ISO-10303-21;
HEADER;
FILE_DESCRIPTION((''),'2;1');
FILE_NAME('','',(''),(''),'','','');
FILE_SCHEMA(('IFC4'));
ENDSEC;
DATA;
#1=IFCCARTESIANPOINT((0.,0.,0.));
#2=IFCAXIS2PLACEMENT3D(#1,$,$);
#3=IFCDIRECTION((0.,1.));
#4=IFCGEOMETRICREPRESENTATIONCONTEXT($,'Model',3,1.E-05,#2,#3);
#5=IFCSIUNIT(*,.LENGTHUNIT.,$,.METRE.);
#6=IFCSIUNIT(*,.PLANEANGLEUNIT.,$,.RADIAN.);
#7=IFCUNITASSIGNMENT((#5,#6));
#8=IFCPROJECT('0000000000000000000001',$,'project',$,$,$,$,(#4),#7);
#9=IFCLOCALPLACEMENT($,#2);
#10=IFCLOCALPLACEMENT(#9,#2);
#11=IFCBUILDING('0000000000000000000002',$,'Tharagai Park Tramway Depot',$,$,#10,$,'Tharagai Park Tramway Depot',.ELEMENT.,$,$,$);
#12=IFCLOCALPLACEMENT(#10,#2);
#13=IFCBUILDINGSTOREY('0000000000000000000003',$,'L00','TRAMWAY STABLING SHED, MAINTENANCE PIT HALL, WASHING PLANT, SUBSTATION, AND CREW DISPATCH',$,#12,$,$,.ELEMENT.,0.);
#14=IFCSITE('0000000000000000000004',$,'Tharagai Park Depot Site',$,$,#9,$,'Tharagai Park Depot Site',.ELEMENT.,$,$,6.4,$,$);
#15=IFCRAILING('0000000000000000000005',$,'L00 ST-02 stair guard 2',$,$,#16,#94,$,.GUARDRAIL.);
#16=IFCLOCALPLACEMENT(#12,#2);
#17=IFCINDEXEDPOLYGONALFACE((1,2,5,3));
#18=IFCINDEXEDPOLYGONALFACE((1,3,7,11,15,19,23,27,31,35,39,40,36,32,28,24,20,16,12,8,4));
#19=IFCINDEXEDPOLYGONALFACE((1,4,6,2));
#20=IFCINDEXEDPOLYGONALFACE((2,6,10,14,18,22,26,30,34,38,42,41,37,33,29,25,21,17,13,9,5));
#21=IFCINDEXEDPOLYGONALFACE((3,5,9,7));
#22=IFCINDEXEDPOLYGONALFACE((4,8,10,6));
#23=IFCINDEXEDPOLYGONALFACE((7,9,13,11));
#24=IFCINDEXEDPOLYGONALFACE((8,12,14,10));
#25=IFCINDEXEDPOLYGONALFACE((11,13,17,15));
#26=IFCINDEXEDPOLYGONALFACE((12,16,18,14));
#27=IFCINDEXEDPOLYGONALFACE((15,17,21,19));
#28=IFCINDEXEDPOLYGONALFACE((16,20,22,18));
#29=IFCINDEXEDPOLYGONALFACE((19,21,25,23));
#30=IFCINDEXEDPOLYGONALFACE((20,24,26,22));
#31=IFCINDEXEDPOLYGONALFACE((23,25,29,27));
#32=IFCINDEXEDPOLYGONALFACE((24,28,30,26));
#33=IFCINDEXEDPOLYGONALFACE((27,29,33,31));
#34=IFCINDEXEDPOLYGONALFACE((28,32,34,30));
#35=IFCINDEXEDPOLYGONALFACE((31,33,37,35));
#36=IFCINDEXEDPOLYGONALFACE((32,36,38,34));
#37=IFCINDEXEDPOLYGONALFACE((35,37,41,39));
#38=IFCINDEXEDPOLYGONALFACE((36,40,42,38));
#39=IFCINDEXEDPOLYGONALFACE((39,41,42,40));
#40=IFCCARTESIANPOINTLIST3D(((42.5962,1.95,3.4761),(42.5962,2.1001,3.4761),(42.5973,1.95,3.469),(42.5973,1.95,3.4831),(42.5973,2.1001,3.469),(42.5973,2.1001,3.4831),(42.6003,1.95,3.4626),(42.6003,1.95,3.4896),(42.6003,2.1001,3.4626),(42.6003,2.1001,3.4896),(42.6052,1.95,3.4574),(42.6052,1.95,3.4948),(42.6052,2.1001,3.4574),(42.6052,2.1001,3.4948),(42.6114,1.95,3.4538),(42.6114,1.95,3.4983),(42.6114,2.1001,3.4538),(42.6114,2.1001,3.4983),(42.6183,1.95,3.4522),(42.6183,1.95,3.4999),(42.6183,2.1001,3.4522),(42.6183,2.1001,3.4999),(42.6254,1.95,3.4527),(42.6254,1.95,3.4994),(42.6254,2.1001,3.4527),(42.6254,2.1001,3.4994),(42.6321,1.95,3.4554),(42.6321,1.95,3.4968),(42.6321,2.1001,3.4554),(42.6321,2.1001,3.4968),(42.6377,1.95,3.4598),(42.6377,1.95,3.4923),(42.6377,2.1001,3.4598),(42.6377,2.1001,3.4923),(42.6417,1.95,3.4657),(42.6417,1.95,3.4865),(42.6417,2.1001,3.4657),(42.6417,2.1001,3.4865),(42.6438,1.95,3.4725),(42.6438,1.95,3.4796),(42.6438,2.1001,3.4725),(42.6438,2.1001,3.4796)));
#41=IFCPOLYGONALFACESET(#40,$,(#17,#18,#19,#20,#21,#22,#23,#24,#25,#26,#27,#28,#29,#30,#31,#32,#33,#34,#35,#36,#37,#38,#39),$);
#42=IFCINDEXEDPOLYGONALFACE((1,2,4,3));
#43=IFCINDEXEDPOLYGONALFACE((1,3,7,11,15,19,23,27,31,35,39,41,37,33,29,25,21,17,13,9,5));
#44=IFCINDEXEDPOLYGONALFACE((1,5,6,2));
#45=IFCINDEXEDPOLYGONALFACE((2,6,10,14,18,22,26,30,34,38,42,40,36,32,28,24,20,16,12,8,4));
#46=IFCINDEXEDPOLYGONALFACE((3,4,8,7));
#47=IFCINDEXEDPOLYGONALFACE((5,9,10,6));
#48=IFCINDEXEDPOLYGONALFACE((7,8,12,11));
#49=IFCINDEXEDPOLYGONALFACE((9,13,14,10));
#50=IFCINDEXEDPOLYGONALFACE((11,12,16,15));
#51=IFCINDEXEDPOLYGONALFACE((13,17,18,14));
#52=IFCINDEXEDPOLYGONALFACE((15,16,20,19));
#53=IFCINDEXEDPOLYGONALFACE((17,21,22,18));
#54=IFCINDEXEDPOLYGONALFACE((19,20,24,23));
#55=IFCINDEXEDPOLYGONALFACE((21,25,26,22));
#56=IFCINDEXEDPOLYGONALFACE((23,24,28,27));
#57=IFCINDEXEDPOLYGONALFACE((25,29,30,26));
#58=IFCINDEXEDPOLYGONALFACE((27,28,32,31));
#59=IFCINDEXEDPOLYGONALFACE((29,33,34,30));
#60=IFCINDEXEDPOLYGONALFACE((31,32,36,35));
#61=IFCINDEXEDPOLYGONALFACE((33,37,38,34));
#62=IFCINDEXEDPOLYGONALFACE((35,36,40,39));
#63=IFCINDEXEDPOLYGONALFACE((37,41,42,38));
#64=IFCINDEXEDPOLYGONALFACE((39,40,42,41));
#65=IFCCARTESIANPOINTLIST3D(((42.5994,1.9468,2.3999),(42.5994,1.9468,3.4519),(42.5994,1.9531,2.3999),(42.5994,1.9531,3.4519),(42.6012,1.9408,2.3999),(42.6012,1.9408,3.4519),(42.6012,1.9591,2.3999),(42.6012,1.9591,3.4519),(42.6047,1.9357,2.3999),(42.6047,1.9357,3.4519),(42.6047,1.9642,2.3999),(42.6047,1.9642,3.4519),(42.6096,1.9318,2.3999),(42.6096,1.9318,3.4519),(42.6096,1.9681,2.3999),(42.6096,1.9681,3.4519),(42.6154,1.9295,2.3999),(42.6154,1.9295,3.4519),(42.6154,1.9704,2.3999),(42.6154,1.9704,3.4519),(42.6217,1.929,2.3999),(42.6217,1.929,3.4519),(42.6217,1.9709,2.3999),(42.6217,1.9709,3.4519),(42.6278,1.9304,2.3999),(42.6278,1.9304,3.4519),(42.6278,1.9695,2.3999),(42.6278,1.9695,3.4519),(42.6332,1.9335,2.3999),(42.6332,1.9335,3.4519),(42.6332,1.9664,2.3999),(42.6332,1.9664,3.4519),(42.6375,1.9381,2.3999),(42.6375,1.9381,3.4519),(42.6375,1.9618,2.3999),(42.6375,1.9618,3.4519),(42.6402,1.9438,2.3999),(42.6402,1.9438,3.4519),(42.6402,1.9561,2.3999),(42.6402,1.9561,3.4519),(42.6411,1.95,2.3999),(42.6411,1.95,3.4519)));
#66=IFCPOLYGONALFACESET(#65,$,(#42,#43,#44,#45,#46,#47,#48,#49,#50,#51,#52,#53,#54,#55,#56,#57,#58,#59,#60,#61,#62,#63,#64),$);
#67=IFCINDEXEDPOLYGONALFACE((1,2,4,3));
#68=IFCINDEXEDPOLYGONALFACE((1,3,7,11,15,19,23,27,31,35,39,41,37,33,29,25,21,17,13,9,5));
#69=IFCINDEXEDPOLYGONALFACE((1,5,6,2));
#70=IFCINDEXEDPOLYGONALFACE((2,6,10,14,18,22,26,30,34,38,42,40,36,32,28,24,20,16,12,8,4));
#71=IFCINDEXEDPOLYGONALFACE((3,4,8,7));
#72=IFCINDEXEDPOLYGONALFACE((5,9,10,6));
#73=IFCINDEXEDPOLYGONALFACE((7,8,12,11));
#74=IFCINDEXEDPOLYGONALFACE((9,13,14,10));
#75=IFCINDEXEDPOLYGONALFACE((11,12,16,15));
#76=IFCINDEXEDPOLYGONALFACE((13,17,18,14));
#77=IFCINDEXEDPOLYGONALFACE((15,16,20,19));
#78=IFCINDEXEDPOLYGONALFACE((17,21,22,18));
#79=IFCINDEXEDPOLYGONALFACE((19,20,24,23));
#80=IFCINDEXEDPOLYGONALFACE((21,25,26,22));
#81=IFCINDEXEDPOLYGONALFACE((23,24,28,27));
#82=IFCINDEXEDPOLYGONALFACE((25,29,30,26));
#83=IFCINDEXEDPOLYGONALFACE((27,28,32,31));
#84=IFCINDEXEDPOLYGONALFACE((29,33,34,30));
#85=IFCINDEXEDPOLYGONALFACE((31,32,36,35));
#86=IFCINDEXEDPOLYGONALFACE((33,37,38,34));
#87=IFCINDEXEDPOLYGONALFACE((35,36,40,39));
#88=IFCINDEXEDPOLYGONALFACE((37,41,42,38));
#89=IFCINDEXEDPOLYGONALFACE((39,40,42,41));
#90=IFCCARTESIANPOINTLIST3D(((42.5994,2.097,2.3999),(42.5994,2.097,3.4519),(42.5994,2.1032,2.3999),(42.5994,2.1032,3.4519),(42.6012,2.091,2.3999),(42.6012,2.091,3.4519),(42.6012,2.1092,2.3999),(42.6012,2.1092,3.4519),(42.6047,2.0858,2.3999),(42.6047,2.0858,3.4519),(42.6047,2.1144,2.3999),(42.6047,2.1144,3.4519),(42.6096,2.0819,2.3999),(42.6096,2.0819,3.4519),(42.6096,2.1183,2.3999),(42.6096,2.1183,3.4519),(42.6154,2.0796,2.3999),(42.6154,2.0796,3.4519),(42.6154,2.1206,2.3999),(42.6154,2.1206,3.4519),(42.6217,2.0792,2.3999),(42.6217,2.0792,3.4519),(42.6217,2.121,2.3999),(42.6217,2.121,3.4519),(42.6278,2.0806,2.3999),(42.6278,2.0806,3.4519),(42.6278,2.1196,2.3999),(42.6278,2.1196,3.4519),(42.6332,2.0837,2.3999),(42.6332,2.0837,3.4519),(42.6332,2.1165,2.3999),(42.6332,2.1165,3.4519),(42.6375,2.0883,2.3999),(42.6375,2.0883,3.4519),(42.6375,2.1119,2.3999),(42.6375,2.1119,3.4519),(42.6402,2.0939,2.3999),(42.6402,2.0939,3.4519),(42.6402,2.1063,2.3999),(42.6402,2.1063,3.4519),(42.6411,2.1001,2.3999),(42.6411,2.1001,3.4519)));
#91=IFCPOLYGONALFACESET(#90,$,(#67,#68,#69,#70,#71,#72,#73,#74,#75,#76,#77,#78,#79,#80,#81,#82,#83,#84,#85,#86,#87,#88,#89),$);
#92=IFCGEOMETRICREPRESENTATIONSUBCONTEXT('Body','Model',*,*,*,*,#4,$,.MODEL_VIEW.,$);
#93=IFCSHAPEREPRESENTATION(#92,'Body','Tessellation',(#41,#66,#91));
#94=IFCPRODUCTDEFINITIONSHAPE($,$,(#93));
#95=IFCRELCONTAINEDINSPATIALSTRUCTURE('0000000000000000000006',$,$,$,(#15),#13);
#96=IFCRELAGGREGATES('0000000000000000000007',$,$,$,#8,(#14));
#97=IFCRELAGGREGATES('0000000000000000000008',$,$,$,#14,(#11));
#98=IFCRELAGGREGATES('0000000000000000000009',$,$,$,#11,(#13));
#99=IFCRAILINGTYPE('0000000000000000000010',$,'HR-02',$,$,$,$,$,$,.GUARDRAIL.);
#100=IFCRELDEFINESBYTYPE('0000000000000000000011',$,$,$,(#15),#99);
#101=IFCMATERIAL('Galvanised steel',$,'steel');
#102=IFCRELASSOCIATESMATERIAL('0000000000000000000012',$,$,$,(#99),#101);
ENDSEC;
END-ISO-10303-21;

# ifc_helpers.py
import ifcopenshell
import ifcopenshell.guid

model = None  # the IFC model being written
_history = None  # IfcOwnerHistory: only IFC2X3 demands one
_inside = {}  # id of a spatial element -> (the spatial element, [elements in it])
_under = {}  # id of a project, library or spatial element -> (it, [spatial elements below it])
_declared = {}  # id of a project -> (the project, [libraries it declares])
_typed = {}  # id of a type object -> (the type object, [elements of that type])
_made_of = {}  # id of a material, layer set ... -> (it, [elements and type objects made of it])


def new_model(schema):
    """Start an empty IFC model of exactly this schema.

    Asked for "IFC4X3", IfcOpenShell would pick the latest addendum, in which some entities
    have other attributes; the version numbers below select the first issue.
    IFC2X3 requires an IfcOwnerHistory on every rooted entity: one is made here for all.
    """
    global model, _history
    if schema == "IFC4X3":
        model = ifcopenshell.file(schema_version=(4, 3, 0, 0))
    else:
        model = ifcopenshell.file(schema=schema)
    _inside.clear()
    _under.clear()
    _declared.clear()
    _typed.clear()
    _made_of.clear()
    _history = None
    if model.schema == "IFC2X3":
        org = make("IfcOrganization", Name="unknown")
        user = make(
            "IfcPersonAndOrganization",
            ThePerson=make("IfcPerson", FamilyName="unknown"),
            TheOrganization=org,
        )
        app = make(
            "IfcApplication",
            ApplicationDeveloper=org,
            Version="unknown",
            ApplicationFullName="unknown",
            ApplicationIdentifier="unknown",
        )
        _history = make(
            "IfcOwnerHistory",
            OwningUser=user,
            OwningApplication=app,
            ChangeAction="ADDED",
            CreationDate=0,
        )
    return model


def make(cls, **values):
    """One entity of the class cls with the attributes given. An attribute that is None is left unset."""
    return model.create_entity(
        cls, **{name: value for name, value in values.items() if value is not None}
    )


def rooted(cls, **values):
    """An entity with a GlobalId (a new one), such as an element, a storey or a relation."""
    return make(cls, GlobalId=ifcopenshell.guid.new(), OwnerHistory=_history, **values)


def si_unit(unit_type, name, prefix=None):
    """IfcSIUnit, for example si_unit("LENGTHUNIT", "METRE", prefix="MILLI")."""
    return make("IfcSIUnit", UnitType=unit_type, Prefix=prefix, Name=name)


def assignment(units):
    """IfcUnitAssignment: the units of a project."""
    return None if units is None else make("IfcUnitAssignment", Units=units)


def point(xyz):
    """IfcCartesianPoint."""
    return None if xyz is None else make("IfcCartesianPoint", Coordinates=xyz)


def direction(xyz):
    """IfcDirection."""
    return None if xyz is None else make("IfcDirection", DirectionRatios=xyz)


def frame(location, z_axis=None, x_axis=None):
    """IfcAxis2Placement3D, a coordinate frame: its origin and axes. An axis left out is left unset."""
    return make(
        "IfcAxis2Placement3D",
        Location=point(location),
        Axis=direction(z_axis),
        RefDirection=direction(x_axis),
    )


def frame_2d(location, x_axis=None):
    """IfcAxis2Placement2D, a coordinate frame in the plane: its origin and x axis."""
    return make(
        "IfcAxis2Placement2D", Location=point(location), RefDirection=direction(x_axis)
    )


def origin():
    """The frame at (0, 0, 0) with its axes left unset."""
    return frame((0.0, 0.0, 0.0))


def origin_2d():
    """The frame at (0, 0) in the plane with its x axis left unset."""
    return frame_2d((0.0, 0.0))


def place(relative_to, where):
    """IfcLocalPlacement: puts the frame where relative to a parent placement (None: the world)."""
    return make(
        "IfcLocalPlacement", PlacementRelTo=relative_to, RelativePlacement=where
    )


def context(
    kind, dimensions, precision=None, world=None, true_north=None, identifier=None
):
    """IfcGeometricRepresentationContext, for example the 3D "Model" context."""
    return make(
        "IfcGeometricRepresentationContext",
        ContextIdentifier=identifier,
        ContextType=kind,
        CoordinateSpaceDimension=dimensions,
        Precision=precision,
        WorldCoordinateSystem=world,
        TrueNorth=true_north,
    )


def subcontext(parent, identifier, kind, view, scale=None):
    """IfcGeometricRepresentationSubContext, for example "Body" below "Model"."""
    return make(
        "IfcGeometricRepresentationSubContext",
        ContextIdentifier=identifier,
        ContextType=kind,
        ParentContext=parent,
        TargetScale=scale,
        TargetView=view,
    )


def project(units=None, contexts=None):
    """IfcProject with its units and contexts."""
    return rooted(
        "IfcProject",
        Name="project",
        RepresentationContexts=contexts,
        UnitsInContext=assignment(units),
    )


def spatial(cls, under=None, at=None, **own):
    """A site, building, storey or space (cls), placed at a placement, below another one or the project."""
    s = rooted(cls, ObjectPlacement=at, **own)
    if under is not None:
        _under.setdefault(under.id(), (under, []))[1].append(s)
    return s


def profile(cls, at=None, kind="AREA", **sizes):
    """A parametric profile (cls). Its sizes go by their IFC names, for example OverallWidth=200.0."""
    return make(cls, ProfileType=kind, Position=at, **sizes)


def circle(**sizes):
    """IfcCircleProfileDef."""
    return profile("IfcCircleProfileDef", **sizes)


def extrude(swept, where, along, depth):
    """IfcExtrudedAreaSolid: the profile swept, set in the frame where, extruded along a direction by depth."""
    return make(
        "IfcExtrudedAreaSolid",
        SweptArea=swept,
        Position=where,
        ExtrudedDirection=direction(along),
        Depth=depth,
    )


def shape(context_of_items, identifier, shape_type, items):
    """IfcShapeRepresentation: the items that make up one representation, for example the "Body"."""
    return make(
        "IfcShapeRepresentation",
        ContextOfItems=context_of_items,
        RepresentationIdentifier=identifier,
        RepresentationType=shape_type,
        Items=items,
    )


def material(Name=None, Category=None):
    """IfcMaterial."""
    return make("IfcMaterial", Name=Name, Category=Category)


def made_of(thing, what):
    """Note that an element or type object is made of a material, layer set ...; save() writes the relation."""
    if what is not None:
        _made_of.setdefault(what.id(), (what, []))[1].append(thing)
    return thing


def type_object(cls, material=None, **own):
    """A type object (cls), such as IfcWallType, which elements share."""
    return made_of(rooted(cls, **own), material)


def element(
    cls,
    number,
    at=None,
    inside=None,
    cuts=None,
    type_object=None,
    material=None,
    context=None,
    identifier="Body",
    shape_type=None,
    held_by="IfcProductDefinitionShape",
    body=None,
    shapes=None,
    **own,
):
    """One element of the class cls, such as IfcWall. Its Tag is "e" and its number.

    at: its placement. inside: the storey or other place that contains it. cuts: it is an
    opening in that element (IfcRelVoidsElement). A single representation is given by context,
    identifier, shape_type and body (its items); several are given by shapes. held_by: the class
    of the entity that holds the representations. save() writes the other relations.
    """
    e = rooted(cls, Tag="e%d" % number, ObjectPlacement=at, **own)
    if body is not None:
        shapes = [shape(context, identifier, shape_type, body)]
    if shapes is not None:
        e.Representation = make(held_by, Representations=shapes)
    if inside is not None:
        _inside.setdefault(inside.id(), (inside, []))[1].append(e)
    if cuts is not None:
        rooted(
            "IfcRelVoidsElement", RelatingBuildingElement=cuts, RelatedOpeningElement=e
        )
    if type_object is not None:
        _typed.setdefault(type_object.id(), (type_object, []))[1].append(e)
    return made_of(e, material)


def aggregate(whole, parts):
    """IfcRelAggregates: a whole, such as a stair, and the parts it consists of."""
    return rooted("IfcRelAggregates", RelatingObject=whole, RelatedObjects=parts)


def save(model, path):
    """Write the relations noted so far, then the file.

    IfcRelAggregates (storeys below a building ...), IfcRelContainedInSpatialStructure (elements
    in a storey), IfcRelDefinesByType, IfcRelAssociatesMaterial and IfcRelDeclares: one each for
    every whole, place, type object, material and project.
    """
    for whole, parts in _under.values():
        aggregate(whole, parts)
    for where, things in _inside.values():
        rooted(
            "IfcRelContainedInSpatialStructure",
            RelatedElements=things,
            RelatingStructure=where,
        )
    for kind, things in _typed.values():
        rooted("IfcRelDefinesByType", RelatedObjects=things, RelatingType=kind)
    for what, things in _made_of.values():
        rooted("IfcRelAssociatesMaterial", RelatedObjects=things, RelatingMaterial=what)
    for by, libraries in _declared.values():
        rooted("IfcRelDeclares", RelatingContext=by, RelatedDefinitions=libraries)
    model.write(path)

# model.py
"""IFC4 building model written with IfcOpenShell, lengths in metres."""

from ifc_helpers import new_model, si_unit, direction, frame, origin, origin_2d, place, context, subcontext, project, spatial, circle, extrude, material, type_object, element, save


model = new_model("IFC4")

# Units and contexts
model_context = context("Model", 3, precision=1e-05, world=origin(), true_north=direction((0.0, 1.0)))
body_context = subcontext(model_context, "Body", "Model", "MODEL_VIEW")
ifc_project = project(units=[si_unit("LENGTHUNIT", "METRE"), si_unit("PLANEANGLEUNIT", "RADIAN")], contexts=[model_context])

# Site, building, storey
site_placement = place(None, origin())
site = spatial("IfcSite", under=ifc_project, at=site_placement, Name="Tharagai Park Depot Site", LongName="Tharagai Park Depot Site", CompositionType="ELEMENT", RefElevation=6.4)
building_placement = place(site_placement, origin())
building = spatial("IfcBuilding", under=site, at=building_placement, Name="Tharagai Park Tramway Depot", LongName="Tharagai Park Tramway Depot", CompositionType="ELEMENT")
storey_placement = place(building_placement, origin())
storey = spatial("IfcBuildingStorey", under=building, at=storey_placement, Name="L00", Description="TRAMWAY STABLING SHED, MAINTENANCE PIT HALL, WASHING PLANT, SUBSTATION, AND CREW DISPATCH", CompositionType="ELEMENT", Elevation=0.0)

# Railing
ifc_material_1 = material(Name="Galvanised steel", Category="steel")
railing_type_1 = type_object("IfcRailingType", Name="HR-02", PredefinedType="GUARDRAIL", material=ifc_material_1)
railing_1_placement = place(storey_placement, frame((42.6201, 1.95, 2.3999)))
element("IfcRailing", 1, at=railing_1_placement, inside=storey, type_object=railing_type_1, Name="L00 ST-02 stair guard 2", PredefinedType="GUARDRAIL", context=body_context, shape_type="SweptSolid", body=[
    extrude(circle(Radius=0.0239, at=origin_2d()), frame((0.0, 0.0, 1.0762), z_axis=(0.0, 1.0, 0.0), x_axis=(-1.0, 0.0, 0.0)), (0.0, 0.0, 1.0), 0.1501),
    extrude(circle(Radius=0.021, at=origin_2d()), origin(), (0.0, 0.0, 1.0), 1.052),
    extrude(circle(Radius=0.021, at=origin_2d()), frame((0.0, 0.1501, 0.0)), (0.0, 0.0, 1.0), 1.052),
])

save(model, "model.ifc")
